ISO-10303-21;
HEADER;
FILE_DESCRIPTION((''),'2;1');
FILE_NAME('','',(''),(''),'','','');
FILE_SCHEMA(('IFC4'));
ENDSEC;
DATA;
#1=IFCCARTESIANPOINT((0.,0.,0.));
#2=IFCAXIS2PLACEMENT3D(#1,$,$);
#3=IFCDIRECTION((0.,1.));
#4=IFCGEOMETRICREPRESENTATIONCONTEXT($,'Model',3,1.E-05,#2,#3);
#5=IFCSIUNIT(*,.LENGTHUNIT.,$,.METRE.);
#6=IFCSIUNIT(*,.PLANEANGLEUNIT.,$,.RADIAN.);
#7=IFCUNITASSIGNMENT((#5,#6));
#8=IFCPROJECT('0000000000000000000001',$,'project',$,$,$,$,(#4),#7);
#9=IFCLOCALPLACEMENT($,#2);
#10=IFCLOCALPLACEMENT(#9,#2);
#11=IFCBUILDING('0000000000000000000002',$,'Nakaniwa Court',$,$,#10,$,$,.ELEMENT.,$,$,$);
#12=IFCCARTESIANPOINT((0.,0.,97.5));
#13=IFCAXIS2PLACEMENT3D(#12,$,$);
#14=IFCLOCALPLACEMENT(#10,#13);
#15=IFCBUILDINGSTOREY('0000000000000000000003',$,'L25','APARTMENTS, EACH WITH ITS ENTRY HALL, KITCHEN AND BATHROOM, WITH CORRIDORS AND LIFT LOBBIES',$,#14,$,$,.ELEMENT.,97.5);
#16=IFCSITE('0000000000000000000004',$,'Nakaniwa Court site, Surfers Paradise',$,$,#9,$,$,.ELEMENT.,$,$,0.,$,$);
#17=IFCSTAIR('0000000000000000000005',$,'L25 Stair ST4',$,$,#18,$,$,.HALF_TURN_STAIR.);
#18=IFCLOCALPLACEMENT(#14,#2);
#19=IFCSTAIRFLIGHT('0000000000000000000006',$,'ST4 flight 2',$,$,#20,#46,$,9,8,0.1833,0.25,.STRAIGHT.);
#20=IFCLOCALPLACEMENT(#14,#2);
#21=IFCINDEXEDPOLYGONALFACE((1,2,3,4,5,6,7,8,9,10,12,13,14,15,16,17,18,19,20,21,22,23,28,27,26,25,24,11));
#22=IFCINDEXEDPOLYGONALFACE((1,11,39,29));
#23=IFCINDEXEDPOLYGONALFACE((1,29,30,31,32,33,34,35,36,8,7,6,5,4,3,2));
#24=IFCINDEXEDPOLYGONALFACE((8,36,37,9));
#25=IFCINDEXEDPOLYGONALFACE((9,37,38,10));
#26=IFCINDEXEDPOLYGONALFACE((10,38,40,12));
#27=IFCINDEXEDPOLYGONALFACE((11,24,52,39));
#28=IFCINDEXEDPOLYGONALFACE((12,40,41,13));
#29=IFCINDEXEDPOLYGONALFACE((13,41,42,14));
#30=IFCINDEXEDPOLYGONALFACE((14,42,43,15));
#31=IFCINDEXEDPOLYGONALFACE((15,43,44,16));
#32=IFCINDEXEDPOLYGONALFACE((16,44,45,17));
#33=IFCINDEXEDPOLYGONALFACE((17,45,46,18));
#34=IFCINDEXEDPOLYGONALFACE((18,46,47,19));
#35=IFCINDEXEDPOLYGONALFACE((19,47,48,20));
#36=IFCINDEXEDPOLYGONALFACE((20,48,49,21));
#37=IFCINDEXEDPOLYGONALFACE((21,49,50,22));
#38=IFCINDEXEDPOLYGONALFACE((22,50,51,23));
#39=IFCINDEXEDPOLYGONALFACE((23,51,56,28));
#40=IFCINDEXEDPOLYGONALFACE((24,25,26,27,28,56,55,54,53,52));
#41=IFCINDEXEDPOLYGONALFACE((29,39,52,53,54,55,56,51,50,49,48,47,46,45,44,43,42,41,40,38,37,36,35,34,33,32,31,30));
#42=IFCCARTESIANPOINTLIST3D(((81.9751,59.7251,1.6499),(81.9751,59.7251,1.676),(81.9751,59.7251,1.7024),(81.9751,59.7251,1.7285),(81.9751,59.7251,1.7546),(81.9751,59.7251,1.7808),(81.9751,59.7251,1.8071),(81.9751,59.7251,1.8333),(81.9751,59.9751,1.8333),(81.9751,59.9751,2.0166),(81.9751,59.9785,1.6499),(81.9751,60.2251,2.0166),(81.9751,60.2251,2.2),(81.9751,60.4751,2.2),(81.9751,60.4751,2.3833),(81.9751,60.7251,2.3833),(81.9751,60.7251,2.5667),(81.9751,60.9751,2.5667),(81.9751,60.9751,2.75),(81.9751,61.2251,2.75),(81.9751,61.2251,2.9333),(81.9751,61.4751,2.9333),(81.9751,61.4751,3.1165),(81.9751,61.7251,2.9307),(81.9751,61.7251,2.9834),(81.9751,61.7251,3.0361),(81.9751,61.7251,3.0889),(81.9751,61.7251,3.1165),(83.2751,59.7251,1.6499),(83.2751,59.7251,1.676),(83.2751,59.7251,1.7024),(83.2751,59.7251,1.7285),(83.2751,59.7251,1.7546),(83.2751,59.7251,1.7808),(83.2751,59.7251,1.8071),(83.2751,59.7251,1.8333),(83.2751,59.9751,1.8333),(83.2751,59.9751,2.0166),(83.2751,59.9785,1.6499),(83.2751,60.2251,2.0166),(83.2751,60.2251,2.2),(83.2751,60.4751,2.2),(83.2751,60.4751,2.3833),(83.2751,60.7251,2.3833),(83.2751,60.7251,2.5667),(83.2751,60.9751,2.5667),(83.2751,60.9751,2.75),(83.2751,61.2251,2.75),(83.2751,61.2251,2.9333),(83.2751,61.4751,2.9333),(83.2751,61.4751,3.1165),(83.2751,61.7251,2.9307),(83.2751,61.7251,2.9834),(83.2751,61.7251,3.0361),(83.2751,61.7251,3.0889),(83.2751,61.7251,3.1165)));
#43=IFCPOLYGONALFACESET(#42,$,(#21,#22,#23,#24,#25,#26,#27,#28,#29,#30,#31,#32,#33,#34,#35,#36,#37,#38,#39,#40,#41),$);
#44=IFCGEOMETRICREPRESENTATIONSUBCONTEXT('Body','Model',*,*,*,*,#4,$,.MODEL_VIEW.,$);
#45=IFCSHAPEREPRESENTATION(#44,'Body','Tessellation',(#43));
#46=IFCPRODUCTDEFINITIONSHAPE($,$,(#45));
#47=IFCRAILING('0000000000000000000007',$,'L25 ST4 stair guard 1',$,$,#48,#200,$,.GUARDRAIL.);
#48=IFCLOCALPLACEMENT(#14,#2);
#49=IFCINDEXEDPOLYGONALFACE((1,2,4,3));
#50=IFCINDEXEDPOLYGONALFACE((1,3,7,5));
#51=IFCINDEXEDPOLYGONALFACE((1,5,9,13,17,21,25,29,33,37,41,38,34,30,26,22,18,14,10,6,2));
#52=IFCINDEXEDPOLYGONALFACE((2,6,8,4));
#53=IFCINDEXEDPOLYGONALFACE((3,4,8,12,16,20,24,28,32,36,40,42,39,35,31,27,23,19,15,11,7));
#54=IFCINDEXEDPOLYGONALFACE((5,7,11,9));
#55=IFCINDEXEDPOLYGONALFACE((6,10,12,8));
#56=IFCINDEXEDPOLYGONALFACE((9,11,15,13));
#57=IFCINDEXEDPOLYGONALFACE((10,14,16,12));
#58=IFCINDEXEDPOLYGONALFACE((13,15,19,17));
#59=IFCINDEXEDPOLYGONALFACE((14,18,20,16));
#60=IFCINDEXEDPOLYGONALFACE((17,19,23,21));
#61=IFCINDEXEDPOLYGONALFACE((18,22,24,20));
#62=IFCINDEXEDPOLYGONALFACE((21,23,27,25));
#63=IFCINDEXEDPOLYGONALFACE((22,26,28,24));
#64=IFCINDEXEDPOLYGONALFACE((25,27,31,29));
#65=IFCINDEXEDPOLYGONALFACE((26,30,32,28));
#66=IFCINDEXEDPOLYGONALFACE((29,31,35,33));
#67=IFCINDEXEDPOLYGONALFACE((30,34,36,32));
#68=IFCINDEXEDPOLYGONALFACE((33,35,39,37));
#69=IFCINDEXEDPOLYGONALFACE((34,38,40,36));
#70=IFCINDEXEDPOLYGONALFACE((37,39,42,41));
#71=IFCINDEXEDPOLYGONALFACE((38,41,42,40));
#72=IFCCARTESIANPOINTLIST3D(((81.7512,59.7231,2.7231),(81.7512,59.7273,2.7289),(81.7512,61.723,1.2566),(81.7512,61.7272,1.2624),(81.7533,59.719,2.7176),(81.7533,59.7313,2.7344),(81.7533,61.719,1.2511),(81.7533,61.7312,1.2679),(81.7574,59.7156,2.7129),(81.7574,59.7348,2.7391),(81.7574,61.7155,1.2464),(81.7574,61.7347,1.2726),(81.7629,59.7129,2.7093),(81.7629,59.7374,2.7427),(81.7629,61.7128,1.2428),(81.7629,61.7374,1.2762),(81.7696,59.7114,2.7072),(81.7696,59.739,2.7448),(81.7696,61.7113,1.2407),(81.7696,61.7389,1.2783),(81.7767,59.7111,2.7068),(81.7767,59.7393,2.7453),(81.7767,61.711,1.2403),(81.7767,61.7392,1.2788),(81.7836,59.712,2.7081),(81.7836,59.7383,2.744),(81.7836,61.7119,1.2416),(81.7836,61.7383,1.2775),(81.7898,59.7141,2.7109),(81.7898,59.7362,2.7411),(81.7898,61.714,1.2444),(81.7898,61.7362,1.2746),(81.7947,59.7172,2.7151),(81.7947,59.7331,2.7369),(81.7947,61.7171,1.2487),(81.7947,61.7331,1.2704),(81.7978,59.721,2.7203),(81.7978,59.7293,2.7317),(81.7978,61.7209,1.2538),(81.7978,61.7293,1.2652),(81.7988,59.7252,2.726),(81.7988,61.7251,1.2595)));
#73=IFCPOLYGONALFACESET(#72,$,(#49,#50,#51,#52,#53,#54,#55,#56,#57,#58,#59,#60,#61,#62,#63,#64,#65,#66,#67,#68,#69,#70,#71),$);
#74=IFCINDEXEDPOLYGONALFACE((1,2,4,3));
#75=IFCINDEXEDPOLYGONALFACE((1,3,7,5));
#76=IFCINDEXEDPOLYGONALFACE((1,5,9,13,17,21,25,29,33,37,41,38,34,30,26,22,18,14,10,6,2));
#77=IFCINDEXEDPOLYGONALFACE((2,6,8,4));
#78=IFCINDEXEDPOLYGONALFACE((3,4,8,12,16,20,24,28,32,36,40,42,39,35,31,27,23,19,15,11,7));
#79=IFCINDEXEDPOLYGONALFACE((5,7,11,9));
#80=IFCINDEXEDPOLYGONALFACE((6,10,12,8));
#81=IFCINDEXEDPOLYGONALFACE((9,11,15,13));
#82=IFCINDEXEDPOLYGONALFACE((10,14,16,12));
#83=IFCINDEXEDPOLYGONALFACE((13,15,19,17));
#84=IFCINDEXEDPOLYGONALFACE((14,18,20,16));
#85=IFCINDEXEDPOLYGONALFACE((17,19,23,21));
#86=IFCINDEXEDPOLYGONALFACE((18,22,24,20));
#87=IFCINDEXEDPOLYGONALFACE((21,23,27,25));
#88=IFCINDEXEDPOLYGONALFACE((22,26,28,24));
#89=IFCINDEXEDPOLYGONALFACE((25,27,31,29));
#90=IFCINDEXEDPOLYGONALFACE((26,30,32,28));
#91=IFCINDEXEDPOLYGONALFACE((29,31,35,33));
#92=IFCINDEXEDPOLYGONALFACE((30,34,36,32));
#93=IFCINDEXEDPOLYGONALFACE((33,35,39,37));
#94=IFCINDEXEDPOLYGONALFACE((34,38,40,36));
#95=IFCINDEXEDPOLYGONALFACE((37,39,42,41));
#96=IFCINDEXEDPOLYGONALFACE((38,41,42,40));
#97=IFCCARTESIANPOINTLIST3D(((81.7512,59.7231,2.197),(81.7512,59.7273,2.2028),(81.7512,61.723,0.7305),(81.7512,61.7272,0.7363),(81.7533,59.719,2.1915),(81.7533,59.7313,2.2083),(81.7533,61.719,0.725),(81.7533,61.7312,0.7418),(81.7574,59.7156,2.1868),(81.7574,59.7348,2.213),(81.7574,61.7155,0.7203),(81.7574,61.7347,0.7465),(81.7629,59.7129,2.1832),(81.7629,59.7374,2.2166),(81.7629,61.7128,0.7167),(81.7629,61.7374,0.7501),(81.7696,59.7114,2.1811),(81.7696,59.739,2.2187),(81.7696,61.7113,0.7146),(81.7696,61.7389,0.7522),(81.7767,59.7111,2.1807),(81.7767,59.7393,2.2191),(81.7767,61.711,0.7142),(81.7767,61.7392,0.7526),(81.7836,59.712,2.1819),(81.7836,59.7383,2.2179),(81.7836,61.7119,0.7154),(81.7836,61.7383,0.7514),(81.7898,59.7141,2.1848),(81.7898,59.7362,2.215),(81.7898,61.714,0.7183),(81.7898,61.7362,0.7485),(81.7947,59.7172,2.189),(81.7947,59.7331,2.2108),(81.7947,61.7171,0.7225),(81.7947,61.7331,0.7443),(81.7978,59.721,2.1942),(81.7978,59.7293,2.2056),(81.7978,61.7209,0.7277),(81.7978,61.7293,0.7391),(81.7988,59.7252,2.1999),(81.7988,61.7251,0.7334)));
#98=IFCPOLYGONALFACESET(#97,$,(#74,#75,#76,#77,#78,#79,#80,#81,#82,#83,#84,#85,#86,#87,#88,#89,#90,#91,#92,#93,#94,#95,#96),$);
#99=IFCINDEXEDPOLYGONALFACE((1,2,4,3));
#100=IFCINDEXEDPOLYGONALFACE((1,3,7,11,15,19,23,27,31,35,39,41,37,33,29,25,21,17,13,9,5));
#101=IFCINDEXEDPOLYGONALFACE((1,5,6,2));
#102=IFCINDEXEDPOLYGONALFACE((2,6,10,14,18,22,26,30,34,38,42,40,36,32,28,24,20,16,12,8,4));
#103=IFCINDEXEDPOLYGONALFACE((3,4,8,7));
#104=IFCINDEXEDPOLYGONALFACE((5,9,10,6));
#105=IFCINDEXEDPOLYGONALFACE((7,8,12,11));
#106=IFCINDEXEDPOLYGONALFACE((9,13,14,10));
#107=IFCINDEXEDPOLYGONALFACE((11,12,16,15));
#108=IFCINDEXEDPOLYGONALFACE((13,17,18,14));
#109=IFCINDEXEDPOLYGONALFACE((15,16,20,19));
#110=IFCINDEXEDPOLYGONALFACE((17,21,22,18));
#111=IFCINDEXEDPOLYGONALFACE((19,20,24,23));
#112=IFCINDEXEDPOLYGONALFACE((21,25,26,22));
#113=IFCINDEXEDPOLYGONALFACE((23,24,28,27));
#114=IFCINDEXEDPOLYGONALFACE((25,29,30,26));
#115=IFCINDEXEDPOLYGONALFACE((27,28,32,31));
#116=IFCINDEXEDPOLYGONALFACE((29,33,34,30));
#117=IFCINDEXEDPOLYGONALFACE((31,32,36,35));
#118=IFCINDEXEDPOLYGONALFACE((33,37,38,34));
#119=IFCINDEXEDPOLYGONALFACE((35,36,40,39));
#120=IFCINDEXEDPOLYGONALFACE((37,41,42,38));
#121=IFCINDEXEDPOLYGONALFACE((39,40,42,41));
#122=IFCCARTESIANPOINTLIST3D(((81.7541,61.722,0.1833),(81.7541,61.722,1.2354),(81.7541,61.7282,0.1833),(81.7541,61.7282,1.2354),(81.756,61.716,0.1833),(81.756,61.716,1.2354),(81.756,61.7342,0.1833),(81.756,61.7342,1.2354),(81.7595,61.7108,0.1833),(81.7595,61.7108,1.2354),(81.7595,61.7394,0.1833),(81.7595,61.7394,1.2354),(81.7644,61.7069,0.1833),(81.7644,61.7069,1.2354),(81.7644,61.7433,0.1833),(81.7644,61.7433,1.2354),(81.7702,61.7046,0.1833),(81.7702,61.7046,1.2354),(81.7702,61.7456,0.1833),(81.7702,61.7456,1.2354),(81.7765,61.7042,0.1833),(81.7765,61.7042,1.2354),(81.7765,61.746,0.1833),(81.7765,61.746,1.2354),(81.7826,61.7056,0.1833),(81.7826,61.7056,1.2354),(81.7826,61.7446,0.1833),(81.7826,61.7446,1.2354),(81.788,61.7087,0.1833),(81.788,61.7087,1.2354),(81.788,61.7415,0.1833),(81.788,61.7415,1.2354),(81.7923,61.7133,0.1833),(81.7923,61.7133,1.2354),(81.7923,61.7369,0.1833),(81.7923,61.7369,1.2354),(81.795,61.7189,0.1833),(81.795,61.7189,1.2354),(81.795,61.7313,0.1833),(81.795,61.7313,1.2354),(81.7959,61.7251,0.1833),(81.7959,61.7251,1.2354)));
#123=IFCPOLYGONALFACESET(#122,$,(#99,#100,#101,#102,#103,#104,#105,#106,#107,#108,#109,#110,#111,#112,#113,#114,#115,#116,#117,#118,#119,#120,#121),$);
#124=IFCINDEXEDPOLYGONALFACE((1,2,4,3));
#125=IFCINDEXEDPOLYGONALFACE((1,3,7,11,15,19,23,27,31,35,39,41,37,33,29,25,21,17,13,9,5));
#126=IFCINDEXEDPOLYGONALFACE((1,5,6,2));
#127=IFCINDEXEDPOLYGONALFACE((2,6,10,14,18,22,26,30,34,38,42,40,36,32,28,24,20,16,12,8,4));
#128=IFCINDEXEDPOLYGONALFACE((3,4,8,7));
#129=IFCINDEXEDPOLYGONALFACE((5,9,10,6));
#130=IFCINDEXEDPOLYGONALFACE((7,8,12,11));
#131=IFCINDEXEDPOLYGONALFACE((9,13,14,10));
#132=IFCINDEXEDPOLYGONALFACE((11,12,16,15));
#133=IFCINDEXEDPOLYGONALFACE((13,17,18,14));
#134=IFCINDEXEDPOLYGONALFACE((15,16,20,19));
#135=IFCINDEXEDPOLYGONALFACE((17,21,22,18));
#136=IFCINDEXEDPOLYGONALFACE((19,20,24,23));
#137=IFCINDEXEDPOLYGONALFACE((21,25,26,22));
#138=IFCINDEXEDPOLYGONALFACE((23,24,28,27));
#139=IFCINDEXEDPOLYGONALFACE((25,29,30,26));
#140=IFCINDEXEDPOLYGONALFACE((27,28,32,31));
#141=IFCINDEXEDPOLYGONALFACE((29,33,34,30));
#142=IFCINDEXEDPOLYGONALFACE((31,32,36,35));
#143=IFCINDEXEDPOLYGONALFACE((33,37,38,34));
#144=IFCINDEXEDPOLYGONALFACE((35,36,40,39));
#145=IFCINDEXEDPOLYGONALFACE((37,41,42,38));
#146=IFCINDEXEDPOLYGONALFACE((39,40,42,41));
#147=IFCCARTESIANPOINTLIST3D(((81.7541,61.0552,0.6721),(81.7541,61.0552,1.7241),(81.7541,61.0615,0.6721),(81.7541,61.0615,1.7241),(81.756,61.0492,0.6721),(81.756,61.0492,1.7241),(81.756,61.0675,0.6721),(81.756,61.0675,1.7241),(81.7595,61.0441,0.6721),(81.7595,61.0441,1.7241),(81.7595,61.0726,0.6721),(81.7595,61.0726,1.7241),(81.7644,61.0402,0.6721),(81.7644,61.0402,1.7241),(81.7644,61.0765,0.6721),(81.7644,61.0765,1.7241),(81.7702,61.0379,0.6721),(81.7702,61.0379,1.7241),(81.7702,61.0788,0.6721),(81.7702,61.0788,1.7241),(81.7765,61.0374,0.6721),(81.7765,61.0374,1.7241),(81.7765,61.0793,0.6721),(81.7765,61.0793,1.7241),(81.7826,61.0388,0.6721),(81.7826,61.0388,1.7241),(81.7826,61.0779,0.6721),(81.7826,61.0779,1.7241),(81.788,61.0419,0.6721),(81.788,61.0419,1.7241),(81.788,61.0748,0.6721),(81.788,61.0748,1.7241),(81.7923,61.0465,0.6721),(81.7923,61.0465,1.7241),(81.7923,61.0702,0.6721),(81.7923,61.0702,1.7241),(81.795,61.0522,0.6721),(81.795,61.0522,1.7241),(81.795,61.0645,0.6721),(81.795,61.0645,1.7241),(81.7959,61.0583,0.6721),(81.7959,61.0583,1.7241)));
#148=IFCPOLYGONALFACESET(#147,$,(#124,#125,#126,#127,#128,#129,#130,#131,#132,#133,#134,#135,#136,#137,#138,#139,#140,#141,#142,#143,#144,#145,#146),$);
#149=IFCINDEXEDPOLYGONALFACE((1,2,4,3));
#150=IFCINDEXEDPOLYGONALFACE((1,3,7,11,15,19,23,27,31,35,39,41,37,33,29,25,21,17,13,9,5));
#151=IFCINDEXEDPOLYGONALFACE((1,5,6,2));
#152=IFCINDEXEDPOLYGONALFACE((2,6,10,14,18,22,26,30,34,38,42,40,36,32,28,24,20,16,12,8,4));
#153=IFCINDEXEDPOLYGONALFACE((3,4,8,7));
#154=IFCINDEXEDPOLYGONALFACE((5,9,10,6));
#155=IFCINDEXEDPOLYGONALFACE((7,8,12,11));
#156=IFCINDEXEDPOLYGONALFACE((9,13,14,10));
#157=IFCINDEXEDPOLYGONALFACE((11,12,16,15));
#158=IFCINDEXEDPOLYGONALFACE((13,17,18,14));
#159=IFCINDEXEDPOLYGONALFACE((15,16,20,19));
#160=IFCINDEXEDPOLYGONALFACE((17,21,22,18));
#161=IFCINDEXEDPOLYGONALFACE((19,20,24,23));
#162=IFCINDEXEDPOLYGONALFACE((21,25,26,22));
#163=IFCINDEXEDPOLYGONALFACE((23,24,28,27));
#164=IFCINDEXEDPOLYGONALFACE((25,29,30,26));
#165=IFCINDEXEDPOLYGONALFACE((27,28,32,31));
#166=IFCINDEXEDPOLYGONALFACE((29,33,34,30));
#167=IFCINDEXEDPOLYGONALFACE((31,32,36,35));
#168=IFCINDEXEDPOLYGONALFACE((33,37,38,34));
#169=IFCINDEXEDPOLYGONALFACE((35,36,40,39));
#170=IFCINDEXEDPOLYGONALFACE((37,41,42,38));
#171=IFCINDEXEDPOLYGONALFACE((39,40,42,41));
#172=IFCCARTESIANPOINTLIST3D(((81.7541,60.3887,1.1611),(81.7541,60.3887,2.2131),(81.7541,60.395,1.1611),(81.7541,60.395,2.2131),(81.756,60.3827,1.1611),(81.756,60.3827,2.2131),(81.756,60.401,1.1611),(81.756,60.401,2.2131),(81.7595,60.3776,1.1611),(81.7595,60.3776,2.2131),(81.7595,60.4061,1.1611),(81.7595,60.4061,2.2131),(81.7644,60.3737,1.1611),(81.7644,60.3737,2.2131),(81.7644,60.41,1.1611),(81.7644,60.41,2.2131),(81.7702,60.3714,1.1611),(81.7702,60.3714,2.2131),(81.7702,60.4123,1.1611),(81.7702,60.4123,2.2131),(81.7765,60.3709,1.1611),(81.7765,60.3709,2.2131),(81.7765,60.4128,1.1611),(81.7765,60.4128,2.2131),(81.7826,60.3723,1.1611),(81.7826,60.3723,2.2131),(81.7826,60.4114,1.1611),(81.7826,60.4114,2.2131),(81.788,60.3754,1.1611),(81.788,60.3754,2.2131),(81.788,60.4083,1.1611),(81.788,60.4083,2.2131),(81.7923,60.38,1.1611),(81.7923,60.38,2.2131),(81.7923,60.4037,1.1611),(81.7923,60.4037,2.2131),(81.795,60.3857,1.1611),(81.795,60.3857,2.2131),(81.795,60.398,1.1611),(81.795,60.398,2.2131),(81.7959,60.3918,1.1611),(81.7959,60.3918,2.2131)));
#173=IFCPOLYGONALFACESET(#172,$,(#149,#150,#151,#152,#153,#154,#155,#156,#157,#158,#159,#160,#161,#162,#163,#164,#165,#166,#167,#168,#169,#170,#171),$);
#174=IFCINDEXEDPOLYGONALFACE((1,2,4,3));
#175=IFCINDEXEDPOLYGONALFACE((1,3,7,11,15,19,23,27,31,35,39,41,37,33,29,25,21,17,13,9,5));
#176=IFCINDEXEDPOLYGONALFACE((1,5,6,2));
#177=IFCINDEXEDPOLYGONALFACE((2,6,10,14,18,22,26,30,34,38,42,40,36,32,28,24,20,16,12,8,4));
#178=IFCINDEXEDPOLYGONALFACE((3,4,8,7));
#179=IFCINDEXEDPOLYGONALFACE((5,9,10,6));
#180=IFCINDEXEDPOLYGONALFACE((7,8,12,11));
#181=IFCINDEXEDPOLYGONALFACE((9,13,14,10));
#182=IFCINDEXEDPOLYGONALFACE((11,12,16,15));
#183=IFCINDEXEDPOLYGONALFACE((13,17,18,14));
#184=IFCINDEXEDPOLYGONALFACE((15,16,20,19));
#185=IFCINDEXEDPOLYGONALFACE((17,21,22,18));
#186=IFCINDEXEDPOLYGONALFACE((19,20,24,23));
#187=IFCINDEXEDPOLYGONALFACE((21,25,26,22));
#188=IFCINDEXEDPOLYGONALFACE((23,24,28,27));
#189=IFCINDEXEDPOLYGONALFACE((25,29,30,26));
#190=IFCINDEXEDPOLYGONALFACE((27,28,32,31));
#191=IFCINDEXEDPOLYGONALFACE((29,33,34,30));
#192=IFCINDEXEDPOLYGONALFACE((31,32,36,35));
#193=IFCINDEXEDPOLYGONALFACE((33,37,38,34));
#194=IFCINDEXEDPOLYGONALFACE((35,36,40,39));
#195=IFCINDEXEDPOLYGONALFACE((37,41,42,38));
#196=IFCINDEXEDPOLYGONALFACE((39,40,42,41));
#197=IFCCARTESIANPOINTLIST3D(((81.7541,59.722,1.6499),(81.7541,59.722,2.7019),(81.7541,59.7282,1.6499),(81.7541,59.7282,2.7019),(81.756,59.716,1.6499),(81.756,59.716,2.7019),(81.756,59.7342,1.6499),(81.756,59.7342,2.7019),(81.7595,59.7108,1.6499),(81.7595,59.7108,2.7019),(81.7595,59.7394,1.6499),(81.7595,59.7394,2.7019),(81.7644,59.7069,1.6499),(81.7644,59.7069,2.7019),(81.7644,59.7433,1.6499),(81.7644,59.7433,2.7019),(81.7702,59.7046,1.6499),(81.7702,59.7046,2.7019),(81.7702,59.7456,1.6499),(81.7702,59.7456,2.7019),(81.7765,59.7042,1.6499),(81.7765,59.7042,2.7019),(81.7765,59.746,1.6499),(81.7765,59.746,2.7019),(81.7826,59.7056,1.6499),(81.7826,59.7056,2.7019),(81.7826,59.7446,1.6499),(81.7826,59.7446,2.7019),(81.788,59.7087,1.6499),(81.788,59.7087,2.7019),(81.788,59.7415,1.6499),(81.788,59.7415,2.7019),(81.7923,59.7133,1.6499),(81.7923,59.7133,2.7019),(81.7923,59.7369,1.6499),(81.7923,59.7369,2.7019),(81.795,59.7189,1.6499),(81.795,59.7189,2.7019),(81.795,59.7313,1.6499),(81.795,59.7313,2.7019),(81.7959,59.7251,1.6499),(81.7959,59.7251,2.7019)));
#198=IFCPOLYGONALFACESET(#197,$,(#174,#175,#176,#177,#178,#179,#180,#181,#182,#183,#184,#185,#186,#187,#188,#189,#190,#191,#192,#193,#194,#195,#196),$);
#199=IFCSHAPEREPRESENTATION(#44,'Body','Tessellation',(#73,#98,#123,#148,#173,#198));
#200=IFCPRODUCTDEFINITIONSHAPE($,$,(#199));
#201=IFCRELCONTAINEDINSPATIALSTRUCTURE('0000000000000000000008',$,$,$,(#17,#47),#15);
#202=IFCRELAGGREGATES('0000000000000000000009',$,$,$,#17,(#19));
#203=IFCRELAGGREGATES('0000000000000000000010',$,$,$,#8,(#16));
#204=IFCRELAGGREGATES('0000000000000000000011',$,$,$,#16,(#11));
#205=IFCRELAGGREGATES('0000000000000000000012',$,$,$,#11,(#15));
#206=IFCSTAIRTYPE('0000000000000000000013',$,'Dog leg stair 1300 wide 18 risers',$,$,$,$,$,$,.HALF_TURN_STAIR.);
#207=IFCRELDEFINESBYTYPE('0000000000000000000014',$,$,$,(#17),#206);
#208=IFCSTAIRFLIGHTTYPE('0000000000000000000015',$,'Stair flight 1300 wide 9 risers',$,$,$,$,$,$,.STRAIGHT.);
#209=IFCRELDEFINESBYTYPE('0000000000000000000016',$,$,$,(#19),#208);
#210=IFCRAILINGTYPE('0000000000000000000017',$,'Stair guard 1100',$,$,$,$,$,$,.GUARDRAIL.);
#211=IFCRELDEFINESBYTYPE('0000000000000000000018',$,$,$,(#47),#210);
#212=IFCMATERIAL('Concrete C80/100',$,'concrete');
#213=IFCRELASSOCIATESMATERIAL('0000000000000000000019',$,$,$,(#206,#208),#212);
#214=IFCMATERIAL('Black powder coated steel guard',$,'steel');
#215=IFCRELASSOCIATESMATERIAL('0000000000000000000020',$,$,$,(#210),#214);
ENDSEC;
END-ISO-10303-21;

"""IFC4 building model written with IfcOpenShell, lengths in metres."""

from ifc_helpers import new_model, si_unit, direction, frame, origin, origin_2d, place, context, subcontext, project, spatial, polyline, circle, outline, extrude, material, type_object, element, aggregate, save


model = new_model("IFC4")

# Units and contexts
model_context = context("Model", 3, precision=1e-05, world=origin(), true_north=direction((0.0, 1.0)))
body_context = subcontext(model_context, "Body", "Model", "MODEL_VIEW")
ifc_project = project(units=[si_unit("LENGTHUNIT", "METRE"), si_unit("PLANEANGLEUNIT", "RADIAN")], contexts=[model_context])

# Site, building, storey
site_placement = place(None, origin())
site = spatial("IfcSite", under=ifc_project, at=site_placement, Name="Nakaniwa Court site, Surfers Paradise", CompositionType="ELEMENT", RefElevation=0.0)
building_placement = place(site_placement, origin())
building = spatial("IfcBuilding", under=site, at=building_placement, Name="Nakaniwa Court", CompositionType="ELEMENT")
storey_placement = place(building_placement, frame((0.0, 0.0, 97.5)))
storey = spatial("IfcBuildingStorey", under=building, at=storey_placement, Name="L25", Description="APARTMENTS, EACH WITH ITS ENTRY HALL, KITCHEN AND BATHROOM, WITH CORRIDORS AND LIFT LOBBIES", CompositionType="ELEMENT", Elevation=97.5)

# Shared definitions
ifc_material_1 = material(Name="Concrete C80/100", Category="concrete")

# Stair, stair flight
stair_type = type_object("IfcStairType", Name="Dog leg stair 1300 wide 18 risers", PredefinedType="HALF_TURN_STAIR", material=ifc_material_1)
stair_placement = place(storey_placement, origin())
stair = element("IfcStair", 1, at=stair_placement, inside=storey, type_object=stair_type, Name="L25 Stair ST4", PredefinedType="HALF_TURN_STAIR")
stair_flight_type = type_object("IfcStairFlightType", Name="Stair flight 1300 wide 9 risers", PredefinedType="STRAIGHT", material=ifc_material_1)
stair_flight_1_placement = place(storey_placement, frame((82.625, 59.7251, 1.6499), z_axis=(0.0, 0.0, 1.0), x_axis=(0.0, 1.0, 0.0)))
stair_flight_1 = element("IfcStairFlight", 2, at=stair_flight_1_placement, type_object=stair_flight_type, Name="ST4 flight 2", NumberOfRisers=9, NumberOfTreads=8, PredefinedType="STRAIGHT", RiserHeight=0.1833, TreadLength=0.25, context=body_context, shape_type="SweptSolid", body=[
    extrude(outline(polyline([(0.0, 0.0), (0.0, 0.0261), (0.0, 0.0525), (0.0, 0.0786), (0.0, 0.1047), (0.0, 0.1309), (0.0, 0.1572), (0.0, 0.1833), (0.25, 0.1833), (0.25, 0.3667), (0.5, 0.3667), (0.5, 0.55), (0.75, 0.55), (0.75, 0.7334), (1.0, 0.7334), (1.0, 0.9167), (1.25, 0.9167), (1.25, 1.1001), (1.5, 1.1001), (1.5, 1.2834), (1.75, 1.2834), (1.75, 1.4666), (2.0, 1.4666), (2.0, 1.6499), (2.0, 1.5972), (2.0, 1.5444), (2.0, 1.4917), (2.0, 1.439), (2.0, 1.3862), (2.0, 1.3335), (2.0, 1.2808), (0.2534, 0.0), (0.0, 0.0)])), frame((0.0, 0.6499, 0.0), z_axis=(0.0, -1.0, 0.0), x_axis=(1.0, 0.0, 0.0)), (0.0, 0.0, 1.0), 1.3),
])
aggregate(stair, [stair_flight_1])

# Railing
ifc_material_2 = material(Name="Black powder coated steel guard", Category="steel")
railing_type_1 = type_object("IfcRailingType", Name="Stair guard 1100", PredefinedType="GUARDRAIL", material=ifc_material_2)
railing_1_placement = place(storey_placement, frame((81.7749, 61.7251, 0.1833)))
element("IfcRailing", 3, at=railing_1_placement, inside=storey, type_object=railing_type_1, Name="L25 ST4 stair guard 1", PredefinedType="GUARDRAIL", context=body_context, shape_type="SweptSolid", body=[
    extrude(circle(Radius=0.0239, at=origin_2d()), frame((0.0, 0.0, 1.0762), z_axis=(0.0, -0.806427, 0.591334), x_axis=(1.0, 0.0, 0.0)), (0.0, 0.0, 1.0), 2.48),
    extrude(circle(Radius=0.0239, at=origin_2d()), frame((0.0, 0.0, 0.55), z_axis=(0.0, -0.806427, 0.591334), x_axis=(1.0, 0.0, 0.0)), (0.0, 0.0, 1.0), 2.48),
    extrude(circle(Radius=0.021, at=origin_2d()), origin(), (0.0, 0.0, 1.0), 1.052),
    extrude(circle(Radius=0.021, at=origin_2d()), frame((0.0, -0.6667, 0.4888)), (0.0, 0.0, 1.0), 1.052),
    extrude(circle(Radius=0.021, at=origin_2d()), frame((0.0, -1.3333, 0.9778)), (0.0, 0.0, 1.0), 1.052),
    extrude(circle(Radius=0.021, at=origin_2d()), frame((0.0, -2.0, 1.4666)), (0.0, 0.0, 1.0), 1.052),
])

save(model, "model.ifc")
